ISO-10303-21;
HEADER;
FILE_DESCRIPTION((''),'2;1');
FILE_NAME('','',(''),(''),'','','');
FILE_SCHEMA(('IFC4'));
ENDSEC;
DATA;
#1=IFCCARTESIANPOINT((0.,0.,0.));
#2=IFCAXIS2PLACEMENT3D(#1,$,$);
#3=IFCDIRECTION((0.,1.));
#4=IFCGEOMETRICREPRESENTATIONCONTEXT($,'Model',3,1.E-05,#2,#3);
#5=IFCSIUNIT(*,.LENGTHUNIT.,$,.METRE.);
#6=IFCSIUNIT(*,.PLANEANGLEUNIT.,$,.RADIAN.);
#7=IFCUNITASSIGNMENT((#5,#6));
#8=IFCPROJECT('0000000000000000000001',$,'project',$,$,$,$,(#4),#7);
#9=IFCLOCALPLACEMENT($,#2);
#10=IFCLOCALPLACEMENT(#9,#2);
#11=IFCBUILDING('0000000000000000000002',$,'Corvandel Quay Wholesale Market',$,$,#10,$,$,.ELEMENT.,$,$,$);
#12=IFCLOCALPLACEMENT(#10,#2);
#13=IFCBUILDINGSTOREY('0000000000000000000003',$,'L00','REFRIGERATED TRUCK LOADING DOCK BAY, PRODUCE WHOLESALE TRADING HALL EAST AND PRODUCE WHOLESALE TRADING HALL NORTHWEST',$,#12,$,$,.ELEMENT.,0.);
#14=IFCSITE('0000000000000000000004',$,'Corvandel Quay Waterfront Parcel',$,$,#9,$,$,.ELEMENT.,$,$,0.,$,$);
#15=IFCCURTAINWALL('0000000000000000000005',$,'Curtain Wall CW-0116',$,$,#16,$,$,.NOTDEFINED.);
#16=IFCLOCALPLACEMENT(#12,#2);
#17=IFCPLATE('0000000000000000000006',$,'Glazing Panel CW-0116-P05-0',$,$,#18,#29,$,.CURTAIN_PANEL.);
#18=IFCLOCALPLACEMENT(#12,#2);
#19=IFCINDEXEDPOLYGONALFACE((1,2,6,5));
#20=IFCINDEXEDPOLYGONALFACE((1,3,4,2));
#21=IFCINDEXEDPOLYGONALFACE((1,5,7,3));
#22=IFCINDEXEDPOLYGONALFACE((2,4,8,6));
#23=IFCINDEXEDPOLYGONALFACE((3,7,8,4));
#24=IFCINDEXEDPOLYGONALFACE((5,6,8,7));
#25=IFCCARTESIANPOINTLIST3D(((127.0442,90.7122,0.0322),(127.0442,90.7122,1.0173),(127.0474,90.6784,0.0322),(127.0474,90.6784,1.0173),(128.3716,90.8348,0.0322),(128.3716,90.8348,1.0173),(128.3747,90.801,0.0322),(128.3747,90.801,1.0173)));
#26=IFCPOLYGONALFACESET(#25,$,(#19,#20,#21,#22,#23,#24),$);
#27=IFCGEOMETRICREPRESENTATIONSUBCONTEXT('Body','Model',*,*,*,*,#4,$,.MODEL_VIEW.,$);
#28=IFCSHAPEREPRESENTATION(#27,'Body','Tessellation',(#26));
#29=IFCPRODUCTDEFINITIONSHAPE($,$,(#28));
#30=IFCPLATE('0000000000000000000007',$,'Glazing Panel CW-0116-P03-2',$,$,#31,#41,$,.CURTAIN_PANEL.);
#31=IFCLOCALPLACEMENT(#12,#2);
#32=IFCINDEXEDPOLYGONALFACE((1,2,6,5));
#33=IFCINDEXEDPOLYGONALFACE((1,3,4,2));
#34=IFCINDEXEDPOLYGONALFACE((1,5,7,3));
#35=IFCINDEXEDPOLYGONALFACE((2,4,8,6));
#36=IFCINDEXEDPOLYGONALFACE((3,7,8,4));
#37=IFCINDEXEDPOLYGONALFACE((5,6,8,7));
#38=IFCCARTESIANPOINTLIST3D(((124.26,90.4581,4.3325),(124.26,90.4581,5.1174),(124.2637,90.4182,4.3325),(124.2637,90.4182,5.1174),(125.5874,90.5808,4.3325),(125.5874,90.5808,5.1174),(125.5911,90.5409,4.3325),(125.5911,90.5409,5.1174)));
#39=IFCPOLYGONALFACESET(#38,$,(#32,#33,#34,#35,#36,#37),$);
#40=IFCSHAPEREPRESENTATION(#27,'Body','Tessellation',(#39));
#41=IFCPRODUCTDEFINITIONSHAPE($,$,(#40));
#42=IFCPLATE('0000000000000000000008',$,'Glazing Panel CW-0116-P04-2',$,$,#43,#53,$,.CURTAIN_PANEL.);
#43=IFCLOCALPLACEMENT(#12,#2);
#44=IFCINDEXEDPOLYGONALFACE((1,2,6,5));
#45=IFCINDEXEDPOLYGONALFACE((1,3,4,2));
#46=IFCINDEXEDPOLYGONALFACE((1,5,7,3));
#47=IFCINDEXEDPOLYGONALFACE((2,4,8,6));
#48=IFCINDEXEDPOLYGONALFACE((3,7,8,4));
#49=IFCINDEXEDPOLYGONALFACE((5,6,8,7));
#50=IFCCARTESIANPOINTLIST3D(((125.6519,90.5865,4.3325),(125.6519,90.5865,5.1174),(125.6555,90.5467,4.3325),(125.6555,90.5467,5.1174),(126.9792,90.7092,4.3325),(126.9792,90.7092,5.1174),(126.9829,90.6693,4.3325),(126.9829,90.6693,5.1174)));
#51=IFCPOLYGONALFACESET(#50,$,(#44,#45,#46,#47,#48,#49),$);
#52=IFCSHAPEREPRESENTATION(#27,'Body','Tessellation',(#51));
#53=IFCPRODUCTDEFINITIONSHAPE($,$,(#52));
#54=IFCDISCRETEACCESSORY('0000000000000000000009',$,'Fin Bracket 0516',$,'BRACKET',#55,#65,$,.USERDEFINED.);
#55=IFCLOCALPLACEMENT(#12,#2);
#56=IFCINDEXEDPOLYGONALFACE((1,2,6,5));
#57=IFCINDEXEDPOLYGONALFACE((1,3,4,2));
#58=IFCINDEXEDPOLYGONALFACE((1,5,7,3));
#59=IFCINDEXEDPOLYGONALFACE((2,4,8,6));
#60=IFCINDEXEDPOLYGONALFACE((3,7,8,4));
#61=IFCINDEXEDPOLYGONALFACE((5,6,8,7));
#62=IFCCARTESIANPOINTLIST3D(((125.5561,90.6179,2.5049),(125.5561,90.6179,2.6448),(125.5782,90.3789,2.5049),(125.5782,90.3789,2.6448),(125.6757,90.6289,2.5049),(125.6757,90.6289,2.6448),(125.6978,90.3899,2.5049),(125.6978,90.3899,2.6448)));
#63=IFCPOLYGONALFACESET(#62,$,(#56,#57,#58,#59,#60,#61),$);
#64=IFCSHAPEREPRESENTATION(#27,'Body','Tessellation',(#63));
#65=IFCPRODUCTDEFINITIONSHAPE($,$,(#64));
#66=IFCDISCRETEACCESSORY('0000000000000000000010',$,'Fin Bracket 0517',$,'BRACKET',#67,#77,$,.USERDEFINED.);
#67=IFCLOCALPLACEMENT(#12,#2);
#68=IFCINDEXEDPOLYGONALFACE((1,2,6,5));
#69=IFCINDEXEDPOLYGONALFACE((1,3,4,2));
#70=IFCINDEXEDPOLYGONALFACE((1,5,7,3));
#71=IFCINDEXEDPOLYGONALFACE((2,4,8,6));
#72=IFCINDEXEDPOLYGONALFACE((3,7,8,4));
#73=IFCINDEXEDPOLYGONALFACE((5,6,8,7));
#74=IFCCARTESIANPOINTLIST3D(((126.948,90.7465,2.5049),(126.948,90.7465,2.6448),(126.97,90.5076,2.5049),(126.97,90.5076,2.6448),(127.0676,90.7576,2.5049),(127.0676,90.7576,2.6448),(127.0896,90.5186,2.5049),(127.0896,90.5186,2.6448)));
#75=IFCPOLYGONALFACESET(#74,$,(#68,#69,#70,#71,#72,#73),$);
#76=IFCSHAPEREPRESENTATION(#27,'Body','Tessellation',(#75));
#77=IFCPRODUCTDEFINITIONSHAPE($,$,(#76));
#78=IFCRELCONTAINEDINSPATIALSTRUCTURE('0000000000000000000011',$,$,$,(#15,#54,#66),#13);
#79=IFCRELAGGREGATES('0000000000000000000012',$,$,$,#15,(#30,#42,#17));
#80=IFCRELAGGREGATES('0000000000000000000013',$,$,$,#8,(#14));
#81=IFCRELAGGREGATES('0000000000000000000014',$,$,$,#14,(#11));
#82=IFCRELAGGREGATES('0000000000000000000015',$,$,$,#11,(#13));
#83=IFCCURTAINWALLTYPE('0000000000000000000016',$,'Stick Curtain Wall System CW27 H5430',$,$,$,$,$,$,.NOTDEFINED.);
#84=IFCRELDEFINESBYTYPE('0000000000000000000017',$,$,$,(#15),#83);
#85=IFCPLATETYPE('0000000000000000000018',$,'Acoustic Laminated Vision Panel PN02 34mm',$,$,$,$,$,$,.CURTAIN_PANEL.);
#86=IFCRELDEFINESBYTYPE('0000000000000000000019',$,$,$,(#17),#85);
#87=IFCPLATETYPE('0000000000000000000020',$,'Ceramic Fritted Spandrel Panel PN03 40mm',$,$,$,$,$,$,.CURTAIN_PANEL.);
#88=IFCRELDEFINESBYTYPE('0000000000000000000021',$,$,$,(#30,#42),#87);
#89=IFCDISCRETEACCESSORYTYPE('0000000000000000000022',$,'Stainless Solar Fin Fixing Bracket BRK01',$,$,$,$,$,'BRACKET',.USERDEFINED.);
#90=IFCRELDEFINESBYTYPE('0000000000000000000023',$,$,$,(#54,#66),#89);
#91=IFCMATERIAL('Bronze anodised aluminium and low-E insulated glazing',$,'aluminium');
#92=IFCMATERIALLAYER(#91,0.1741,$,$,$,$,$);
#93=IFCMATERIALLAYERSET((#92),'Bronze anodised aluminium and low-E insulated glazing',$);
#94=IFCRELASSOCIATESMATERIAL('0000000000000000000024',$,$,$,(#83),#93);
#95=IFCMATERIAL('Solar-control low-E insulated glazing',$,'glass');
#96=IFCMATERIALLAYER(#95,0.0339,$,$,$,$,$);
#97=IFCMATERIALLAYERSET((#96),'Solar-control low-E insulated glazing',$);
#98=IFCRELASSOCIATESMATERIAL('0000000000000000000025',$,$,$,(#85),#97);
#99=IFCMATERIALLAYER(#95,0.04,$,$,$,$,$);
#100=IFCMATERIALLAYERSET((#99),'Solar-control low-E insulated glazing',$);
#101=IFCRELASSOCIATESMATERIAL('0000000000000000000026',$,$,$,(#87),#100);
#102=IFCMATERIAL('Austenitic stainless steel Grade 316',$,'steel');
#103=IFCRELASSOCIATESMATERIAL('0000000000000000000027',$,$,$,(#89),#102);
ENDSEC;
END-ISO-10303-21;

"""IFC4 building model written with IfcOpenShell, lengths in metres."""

from ifc_helpers import new_model, si_unit, direction, frame, origin, origin_2d, place, context, subcontext, project, spatial, rectangle, extrude, material, layer, layer_set, type_object, element, aggregate, save


model = new_model("IFC4")

# Units and contexts
model_context = context("Model", 3, precision=1e-05, world=origin(), true_north=direction((0.0, 1.0)))
body_context = subcontext(model_context, "Body", "Model", "MODEL_VIEW")
ifc_project = project(units=[si_unit("LENGTHUNIT", "METRE"), si_unit("PLANEANGLEUNIT", "RADIAN")], contexts=[model_context])

# Site, building, storey
site_placement = place(None, origin())
site = spatial("IfcSite", under=ifc_project, at=site_placement, Name="Corvandel Quay Waterfront Parcel", CompositionType="ELEMENT", RefElevation=0.0)
building_placement = place(site_placement, origin())
building = spatial("IfcBuilding", under=site, at=building_placement, Name="Corvandel Quay Wholesale Market", CompositionType="ELEMENT")
storey_placement = place(building_placement, origin())
storey = spatial("IfcBuildingStorey", under=building, at=storey_placement, Name="L00", Description="REFRIGERATED TRUCK LOADING DOCK BAY, PRODUCE WHOLESALE TRADING HALL EAST AND PRODUCE WHOLESALE TRADING HALL NORTHWEST", CompositionType="ELEMENT", Elevation=0.0)

# Curtain wall, plates
ifc_material_1 = material(Name="Bronze anodised aluminium and low-E insulated glazing", Category="aluminium")
ifc_layer_1 = layer(ifc_material_1, 0.1741)
ifc_layer_set_1 = layer_set([ifc_layer_1], Name="Bronze anodised aluminium and low-E insulated glazing")
curtain_wall_type = type_object("IfcCurtainWallType", Name="Stick Curtain Wall System CW27 H5430", PredefinedType="NOTDEFINED", material=ifc_layer_set_1)
curtain_wall_placement = place(storey_placement, origin())
curtain_wall = element("IfcCurtainWall", 1, at=curtain_wall_placement, inside=storey, type_object=curtain_wall_type, Name="Curtain Wall CW-0116", PredefinedType="NOTDEFINED")
ifc_material_2 = material(Name="Solar-control low-E insulated glazing", Category="glass")
ifc_layer_2 = layer(ifc_material_2, 0.0339)
ifc_layer_set_2 = layer_set([ifc_layer_2], Name="Solar-control low-E insulated glazing")
plate_type_1 = type_object("IfcPlateType", Name="Acoustic Laminated Vision Panel PN02 34mm", PredefinedType="CURTAIN_PANEL", material=ifc_layer_set_2)
plate_1_placement = place(storey_placement, frame((127.7095, 90.7566, 0.0322), z_axis=(0.0, 0.0, 1.0), x_axis=(0.995757, 0.092023, 0.0)))
plate_1 = element("IfcPlate", 2, at=plate_1_placement, type_object=plate_type_1, Name="Glazing Panel CW-0116-P05-0", PredefinedType="CURTAIN_PANEL", context=body_context, shape_type="SweptSolid", body=[
    extrude(rectangle(XDim=1.333, YDim=0.0339, at=origin_2d()), origin(), (0.0, 0.0, 1.0), 0.9851),
])
ifc_layer_3 = layer(ifc_material_2, 0.04)
ifc_layer_set_3 = layer_set([ifc_layer_3], Name="Solar-control low-E insulated glazing")
plate_type_2 = type_object("IfcPlateType", Name="Ceramic Fritted Spandrel Panel PN03 40mm", PredefinedType="CURTAIN_PANEL", material=ifc_layer_set_3)
plate_2_placement = place(storey_placement, frame((124.9255, 90.4995, 4.3325), z_axis=(0.0, 0.0, 1.0), x_axis=(0.995757, 0.092023, 0.0)))
plate_2 = element("IfcPlate", 3, at=plate_2_placement, type_object=plate_type_2, Name="Glazing Panel CW-0116-P03-2", PredefinedType="CURTAIN_PANEL", context=body_context, shape_type="SweptSolid", body=[
    extrude(rectangle(XDim=1.333, YDim=0.04, at=origin_2d()), origin(), (0.0, 0.0, 1.0), 0.7849),
])
plate_3_placement = place(storey_placement, frame((126.3174, 90.6279, 4.3325), z_axis=(0.0, 0.0, 1.0), x_axis=(0.995757, 0.092023, 0.0)))
plate_3 = element("IfcPlate", 4, at=plate_3_placement, type_object=plate_type_2, Name="Glazing Panel CW-0116-P04-2", PredefinedType="CURTAIN_PANEL", context=body_context, shape_type="SweptSolid", body=[
    extrude(rectangle(XDim=1.333, YDim=0.04, at=origin_2d()), origin(), (0.0, 0.0, 1.0), 0.7849),
])
aggregate(curtain_wall, [plate_2, plate_3, plate_1])

# Discrete accessories
ifc_material_3 = material(Name="Austenitic stainless steel Grade 316", Category="steel")
discrete_accessory_type = type_object("IfcDiscreteAccessoryType", Name="Stainless Solar Fin Fixing Bracket BRK01", ElementType="BRACKET", PredefinedType="USERDEFINED", material=ifc_material_3)
for number, where, z_axis, x_axis, name in (
    (5, (125.627, 90.5039, 2.5049), (0.0, 0.0, 1.0), (-0.092023, 0.995757, 0.0), "Fin Bracket 0516"),
    (6, (127.0188, 90.6326, 2.5049), (0.0, 0.0, 1.0), (-0.092023, 0.995757, 0.0), "Fin Bracket 0517"),
):
    element("IfcDiscreteAccessory", number, at=place(storey_placement, frame(where, z_axis=z_axis, x_axis=x_axis)), inside=storey, type_object=discrete_accessory_type, Name=name, ObjectType="BRACKET", PredefinedType="USERDEFINED", context=body_context, shape_type="SweptSolid", body=[
        extrude(rectangle(XDim=0.24, YDim=0.1201, at=origin_2d()), origin(), (0.0, 0.0, 1.0), 0.1399),
    ])

save(model, "model.ifc")
